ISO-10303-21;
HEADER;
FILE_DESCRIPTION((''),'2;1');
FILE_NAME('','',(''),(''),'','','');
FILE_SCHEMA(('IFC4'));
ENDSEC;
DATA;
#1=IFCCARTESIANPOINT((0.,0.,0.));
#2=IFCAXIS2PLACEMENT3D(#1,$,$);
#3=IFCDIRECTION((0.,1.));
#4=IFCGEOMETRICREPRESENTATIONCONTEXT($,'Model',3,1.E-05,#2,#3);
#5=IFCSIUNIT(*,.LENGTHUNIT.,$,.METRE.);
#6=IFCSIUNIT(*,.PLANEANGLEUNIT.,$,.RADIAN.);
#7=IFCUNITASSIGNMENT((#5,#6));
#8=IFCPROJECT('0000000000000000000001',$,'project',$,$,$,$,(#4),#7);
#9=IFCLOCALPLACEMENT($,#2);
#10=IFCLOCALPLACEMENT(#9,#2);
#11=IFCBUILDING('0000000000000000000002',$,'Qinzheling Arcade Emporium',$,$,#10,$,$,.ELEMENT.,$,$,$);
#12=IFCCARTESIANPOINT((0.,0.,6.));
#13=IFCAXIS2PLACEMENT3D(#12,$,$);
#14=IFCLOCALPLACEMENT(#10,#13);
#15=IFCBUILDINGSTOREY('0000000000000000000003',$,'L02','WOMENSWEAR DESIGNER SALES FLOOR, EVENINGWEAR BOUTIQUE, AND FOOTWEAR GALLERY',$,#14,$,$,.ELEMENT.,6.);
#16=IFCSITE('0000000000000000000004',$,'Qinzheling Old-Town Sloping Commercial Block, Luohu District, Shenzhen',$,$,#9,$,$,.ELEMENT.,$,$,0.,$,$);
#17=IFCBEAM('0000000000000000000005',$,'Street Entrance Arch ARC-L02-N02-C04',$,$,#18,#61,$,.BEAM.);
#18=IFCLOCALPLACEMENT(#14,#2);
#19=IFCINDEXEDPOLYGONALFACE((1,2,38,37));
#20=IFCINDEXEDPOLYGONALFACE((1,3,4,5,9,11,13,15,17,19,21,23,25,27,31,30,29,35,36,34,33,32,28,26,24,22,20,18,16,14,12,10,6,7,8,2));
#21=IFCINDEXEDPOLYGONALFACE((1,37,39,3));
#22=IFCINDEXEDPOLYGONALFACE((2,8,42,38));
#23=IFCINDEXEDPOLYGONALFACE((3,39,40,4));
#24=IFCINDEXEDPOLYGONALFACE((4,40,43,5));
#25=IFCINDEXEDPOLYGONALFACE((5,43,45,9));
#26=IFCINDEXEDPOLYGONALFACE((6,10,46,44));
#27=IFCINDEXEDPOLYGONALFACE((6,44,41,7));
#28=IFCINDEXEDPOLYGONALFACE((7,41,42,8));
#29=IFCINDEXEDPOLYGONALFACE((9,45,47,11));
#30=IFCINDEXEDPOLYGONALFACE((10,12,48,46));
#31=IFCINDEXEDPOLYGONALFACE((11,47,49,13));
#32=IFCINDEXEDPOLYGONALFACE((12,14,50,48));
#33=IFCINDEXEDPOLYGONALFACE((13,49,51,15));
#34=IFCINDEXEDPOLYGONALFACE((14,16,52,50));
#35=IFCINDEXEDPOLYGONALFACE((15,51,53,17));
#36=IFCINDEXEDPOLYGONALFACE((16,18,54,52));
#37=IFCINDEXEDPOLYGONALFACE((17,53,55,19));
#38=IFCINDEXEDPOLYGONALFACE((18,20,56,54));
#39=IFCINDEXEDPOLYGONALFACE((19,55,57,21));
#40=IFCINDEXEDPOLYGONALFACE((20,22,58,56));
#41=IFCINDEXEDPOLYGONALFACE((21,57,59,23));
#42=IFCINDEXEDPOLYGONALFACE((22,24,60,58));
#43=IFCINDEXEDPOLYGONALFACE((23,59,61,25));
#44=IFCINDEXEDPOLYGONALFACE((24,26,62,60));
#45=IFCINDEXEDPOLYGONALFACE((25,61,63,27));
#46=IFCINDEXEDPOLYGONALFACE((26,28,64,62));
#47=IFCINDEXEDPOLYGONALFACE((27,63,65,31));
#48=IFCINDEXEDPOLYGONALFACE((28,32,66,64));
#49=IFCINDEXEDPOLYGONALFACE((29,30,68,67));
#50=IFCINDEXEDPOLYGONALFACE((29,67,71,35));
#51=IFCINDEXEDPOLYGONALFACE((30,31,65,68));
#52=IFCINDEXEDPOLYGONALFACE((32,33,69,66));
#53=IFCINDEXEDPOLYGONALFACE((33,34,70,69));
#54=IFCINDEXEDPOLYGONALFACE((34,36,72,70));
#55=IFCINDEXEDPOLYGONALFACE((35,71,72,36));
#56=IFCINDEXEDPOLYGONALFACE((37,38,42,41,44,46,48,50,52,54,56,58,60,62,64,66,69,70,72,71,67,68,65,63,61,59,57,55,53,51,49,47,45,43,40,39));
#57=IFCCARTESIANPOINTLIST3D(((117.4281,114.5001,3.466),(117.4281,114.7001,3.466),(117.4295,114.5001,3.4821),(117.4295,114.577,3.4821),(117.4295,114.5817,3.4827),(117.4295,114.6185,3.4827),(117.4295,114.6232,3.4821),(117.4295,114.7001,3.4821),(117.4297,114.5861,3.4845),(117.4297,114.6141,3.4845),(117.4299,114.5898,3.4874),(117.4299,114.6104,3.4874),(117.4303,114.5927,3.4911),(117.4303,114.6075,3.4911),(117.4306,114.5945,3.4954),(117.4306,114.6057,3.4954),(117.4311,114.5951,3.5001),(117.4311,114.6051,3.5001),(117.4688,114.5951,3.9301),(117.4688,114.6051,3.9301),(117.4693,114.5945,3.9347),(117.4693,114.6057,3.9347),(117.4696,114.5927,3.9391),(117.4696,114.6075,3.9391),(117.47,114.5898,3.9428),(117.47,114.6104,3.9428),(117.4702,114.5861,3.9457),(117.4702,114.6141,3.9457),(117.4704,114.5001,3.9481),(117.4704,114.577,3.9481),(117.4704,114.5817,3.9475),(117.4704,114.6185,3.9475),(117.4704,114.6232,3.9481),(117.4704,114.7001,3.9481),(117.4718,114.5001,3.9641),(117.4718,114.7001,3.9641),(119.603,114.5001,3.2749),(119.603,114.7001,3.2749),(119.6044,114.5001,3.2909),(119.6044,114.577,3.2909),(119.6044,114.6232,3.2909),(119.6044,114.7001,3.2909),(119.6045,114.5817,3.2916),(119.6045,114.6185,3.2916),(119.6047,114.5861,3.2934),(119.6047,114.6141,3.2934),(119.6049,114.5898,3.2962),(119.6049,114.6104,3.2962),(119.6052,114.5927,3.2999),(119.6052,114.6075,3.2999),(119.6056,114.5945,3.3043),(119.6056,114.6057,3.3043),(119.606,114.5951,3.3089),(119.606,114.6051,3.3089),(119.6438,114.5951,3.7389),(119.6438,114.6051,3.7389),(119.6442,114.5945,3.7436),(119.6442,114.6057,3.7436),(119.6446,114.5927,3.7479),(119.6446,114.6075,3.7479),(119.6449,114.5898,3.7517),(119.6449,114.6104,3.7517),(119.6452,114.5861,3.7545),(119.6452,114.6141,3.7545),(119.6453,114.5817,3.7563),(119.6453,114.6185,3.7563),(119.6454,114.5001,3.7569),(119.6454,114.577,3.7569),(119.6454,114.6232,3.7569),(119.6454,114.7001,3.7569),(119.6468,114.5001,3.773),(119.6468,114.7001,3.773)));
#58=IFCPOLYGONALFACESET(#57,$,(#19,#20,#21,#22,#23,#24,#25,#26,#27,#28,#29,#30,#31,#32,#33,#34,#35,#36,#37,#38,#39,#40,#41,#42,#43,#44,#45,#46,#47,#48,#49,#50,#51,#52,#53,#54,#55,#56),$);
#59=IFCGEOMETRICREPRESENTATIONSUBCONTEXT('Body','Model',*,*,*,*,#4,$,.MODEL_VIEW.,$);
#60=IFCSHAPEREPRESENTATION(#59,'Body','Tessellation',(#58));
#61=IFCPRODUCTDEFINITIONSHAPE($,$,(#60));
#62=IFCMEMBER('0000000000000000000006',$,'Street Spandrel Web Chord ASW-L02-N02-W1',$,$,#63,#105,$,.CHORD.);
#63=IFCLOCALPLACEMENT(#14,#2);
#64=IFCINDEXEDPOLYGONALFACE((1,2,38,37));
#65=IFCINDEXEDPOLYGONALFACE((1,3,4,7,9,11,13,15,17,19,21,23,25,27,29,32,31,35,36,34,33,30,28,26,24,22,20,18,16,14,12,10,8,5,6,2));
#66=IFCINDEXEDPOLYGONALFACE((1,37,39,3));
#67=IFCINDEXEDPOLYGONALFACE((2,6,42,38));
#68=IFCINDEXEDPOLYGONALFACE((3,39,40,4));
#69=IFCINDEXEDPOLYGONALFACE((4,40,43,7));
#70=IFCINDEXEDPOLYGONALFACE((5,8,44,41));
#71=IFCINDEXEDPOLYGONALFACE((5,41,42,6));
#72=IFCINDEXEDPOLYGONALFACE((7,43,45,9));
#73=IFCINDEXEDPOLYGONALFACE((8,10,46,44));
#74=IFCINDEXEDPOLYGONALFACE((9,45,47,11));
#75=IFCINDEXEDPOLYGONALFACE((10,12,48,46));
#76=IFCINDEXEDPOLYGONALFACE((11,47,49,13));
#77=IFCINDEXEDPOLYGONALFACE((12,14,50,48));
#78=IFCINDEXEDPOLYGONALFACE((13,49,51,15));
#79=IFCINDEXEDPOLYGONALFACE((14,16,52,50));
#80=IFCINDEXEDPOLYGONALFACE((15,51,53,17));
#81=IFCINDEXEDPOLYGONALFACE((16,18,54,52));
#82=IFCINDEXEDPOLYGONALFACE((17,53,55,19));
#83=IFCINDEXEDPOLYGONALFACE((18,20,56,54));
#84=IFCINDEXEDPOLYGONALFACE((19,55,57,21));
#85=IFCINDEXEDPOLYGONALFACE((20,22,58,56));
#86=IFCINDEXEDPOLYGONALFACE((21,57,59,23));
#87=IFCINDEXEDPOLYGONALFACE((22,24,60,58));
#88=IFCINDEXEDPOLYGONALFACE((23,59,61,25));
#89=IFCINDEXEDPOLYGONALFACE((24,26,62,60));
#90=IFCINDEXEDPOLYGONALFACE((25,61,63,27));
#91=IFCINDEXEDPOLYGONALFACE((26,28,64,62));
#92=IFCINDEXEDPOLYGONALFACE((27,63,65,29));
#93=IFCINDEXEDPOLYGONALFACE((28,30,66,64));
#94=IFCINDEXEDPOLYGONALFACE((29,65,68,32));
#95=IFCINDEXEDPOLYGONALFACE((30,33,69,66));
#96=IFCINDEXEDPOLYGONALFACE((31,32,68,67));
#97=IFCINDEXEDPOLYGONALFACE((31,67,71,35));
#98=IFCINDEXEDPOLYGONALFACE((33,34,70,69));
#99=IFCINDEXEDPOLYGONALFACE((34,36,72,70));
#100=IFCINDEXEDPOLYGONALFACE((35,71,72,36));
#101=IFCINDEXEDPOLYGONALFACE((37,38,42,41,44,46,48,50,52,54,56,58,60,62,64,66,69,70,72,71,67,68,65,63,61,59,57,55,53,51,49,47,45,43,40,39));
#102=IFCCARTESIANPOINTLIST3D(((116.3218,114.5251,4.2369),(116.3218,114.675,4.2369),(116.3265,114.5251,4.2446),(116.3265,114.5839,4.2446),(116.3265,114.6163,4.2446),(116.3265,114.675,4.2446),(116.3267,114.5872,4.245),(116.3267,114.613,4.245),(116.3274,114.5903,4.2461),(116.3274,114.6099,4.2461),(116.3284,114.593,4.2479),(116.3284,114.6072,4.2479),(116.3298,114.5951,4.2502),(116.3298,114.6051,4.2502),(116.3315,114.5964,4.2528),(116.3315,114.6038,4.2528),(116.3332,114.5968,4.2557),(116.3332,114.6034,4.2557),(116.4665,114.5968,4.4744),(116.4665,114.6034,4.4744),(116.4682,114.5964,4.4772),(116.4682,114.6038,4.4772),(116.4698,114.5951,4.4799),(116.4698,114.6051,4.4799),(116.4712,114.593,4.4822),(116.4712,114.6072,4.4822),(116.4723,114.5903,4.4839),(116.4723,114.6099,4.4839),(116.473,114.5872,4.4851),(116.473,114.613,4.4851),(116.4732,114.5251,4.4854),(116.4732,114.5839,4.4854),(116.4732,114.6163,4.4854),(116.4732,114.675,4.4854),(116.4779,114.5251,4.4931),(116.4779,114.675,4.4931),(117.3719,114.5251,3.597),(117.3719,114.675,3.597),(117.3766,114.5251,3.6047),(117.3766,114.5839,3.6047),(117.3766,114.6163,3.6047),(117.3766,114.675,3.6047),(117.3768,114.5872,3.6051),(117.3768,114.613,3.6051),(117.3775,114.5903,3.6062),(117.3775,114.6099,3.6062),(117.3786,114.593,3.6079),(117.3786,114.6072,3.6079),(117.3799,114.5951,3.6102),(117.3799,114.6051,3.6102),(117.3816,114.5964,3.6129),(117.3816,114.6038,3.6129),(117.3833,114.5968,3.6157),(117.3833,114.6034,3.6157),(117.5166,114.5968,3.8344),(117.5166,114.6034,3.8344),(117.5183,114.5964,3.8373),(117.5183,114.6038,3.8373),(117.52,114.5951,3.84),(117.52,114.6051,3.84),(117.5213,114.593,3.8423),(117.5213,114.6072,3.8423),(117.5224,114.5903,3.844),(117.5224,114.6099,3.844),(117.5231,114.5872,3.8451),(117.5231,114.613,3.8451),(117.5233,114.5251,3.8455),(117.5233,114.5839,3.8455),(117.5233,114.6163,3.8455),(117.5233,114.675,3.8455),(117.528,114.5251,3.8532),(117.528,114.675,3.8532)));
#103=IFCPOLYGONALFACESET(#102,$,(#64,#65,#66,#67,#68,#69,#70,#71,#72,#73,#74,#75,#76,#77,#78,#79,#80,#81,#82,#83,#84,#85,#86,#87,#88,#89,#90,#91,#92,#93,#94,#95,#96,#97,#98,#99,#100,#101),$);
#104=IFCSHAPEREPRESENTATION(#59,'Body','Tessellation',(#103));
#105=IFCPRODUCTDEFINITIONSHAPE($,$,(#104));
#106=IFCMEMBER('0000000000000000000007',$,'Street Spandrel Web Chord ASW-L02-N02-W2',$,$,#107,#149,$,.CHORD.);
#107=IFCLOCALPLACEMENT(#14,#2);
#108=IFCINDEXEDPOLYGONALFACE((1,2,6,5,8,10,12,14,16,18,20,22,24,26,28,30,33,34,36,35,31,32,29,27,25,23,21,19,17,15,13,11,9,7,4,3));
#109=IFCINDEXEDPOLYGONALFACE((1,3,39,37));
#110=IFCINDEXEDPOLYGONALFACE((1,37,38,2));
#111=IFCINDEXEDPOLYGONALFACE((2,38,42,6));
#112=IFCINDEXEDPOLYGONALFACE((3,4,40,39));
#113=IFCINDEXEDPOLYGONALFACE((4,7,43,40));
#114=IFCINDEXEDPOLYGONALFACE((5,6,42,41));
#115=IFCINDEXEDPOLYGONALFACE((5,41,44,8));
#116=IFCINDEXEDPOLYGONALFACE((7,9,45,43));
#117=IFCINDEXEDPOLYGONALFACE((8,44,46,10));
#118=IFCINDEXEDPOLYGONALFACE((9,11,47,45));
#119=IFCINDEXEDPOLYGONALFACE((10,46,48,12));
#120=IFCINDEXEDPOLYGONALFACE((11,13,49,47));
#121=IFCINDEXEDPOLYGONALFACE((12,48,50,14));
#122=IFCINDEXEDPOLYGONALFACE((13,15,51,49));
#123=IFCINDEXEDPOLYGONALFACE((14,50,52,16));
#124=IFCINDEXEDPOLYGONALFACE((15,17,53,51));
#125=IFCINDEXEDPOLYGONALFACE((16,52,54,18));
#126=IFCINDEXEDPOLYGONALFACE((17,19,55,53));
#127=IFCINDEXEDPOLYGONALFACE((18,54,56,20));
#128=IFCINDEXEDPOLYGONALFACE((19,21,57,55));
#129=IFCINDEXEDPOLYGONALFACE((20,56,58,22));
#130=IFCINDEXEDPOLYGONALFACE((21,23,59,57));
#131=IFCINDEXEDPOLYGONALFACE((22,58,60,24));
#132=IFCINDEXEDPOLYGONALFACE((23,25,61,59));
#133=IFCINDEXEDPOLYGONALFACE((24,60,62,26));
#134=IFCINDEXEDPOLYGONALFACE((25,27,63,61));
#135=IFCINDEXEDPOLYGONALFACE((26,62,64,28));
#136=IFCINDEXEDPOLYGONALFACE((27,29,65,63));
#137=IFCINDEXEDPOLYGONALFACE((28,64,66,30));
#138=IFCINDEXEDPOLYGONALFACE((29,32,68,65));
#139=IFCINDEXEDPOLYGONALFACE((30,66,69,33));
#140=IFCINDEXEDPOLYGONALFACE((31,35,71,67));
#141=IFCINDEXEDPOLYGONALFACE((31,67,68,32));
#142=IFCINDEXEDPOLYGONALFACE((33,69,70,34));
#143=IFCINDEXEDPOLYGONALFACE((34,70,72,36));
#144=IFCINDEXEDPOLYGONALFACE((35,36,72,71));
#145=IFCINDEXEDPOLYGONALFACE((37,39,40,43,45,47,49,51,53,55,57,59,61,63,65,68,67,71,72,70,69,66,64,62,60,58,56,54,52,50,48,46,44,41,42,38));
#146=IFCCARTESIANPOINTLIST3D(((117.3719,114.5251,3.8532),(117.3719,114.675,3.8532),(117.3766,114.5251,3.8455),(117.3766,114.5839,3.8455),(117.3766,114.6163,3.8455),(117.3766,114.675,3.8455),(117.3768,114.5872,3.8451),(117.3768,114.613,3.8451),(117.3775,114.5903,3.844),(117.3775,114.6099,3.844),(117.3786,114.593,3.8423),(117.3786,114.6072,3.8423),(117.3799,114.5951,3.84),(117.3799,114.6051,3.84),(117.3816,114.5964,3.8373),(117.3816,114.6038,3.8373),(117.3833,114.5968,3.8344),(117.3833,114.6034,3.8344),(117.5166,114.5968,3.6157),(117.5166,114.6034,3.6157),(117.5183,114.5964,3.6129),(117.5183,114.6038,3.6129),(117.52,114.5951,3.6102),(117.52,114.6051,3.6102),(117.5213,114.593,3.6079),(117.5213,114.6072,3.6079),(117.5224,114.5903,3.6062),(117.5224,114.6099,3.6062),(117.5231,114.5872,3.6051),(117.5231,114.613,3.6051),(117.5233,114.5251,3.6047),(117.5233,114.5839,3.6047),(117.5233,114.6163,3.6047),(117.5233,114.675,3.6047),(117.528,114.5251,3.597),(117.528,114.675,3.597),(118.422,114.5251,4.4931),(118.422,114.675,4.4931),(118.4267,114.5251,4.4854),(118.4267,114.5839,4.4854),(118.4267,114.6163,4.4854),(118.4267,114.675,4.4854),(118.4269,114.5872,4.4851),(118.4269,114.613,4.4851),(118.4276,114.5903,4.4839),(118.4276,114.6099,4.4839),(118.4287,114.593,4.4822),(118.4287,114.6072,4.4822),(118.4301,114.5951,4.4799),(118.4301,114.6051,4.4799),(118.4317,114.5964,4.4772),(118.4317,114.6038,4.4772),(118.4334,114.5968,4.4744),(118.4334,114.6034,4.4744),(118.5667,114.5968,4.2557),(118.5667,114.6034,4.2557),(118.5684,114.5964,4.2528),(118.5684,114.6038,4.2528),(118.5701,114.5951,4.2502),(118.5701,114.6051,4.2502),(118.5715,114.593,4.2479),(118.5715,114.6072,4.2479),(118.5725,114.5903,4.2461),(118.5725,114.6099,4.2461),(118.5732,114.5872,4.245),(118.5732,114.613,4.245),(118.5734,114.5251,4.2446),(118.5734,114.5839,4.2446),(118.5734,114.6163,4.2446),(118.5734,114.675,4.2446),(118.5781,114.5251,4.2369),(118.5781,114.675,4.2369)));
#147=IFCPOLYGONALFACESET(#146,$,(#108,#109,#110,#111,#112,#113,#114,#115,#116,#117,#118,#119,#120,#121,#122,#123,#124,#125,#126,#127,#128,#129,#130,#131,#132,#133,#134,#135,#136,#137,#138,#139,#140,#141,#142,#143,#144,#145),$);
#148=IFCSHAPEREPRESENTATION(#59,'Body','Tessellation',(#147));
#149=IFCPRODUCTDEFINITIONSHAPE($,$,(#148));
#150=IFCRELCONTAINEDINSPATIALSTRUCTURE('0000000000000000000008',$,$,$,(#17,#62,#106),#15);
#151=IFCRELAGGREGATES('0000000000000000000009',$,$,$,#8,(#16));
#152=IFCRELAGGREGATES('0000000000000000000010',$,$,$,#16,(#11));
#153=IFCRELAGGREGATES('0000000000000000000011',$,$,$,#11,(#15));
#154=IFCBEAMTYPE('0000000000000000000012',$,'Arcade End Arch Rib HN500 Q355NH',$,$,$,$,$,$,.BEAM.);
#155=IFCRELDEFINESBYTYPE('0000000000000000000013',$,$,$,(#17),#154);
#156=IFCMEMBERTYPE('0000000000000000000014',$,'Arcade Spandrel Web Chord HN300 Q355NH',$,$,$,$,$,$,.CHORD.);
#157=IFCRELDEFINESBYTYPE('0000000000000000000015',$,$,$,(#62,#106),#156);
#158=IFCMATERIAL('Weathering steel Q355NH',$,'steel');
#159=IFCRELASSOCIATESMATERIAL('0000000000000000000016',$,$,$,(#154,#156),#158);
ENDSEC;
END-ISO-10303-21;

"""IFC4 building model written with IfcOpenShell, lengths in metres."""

from ifc_helpers import new_model, si_unit, direction, frame, origin, origin_2d, place, context, subcontext, project, spatial, i_section, extrude, material, material_profile, profile_set, type_object, element, save


model = new_model("IFC4")

# Units and contexts
model_context = context("Model", 3, precision=1e-05, world=origin(), true_north=direction((0.0, 1.0)))
body_context = subcontext(model_context, "Body", "Model", "MODEL_VIEW")
ifc_project = project(units=[si_unit("LENGTHUNIT", "METRE"), si_unit("PLANEANGLEUNIT", "RADIAN")], contexts=[model_context])

# Site, building, storey
site_placement = place(None, origin())
site = spatial("IfcSite", under=ifc_project, at=site_placement, Name="Qinzheling Old-Town Sloping Commercial Block, Luohu District, Shenzhen", CompositionType="ELEMENT", RefElevation=0.0)
building_placement = place(site_placement, origin())
building = spatial("IfcBuilding", under=site, at=building_placement, Name="Qinzheling Arcade Emporium", CompositionType="ELEMENT")
storey_placement = place(building_placement, frame((0.0, 0.0, 6.0)))
storey = spatial("IfcBuildingStorey", under=building, at=storey_placement, Name="L02", Description="WOMENSWEAR DESIGNER SALES FLOOR, EVENINGWEAR BOUTIQUE, AND FOOTWEAR GALLERY", CompositionType="ELEMENT", Elevation=6.0)

# Beam
ifc_material_1 = material(Name="Weathering steel Q355NH", Category="steel")
ifc_material_profile_1 = material_profile(ifc_material_1, i_section(OverallWidth=0.2, OverallDepth=0.5, WebThickness=0.01, FlangeThickness=0.0161, FilletRadius=0.0181, at=origin_2d()), Name="HN 500x200x10x16", Category="steel")
ifc_profile_set_1 = profile_set([ifc_material_profile_1], Name="Weathering steel Q355NH")
beam_type_1 = type_object("IfcBeamType", Name="Arcade End Arch Rib HN500 Q355NH", PredefinedType="BEAM", material=ifc_profile_set_1)
for number, where, z_axis, x_axis, name in (
    (1, (117.45, 114.6001, 3.7151), (0.99616, 0.0, -0.087551), (0.0, 1.0, 0.0), "Street Entrance Arch ARC-L02-N02-C04"),
):
    element("IfcBeam", number, at=place(storey_placement, frame(where, z_axis=z_axis, x_axis=x_axis)), inside=storey, type_object=beam_type_1, Name=name, PredefinedType="BEAM", context=body_context, shape_type="SweptSolid", body=[
        extrude(i_section(OverallWidth=0.2, OverallDepth=0.5, WebThickness=0.01, FlangeThickness=0.0161, FilletRadius=0.0181, at=origin_2d()), origin(), (0.0, 0.0, 1.0), 2.1833),
    ])

# Members
ifc_material_profile_2 = material_profile(ifc_material_1, i_section(OverallWidth=0.1499, OverallDepth=0.3, WebThickness=0.0066, FlangeThickness=0.009, FilletRadius=0.0129, at=origin_2d()), Name="HN 300x150x6.5x9", Category="steel")
ifc_profile_set_2 = profile_set([ifc_material_profile_2], Name="Weathering steel Q355NH")
member_type_1 = type_object("IfcMemberType", Name="Arcade Spandrel Web Chord HN300 Q355NH", PredefinedType="CHORD", material=ifc_profile_set_2)
for number, where, z_axis, x_axis, name in (
    (2, (117.45, 114.6001, 3.7251), (-0.853934, 0.0, 0.520381), (0.0, -1.0, 0.0), "Street Spandrel Web Chord ASW-L02-N02-W1"),
    (3, (117.45, 114.6001, 3.7251), (0.853934, 0.0, 0.520381), (0.0, 1.0, 0.0), "Street Spandrel Web Chord ASW-L02-N02-W2"),
):
    element("IfcMember", number, at=place(storey_placement, frame(where, z_axis=z_axis, x_axis=x_axis)), inside=storey, type_object=member_type_1, Name=name, PredefinedType="CHORD", context=body_context, shape_type="SweptSolid", body=[
        extrude(i_section(OverallWidth=0.1499, OverallDepth=0.3, WebThickness=0.0066, FlangeThickness=0.009, FilletRadius=0.0129, at=origin_2d()), origin(), (0.0, 0.0, 1.0), 1.2297),
    ])

save(model, "model.ifc")
